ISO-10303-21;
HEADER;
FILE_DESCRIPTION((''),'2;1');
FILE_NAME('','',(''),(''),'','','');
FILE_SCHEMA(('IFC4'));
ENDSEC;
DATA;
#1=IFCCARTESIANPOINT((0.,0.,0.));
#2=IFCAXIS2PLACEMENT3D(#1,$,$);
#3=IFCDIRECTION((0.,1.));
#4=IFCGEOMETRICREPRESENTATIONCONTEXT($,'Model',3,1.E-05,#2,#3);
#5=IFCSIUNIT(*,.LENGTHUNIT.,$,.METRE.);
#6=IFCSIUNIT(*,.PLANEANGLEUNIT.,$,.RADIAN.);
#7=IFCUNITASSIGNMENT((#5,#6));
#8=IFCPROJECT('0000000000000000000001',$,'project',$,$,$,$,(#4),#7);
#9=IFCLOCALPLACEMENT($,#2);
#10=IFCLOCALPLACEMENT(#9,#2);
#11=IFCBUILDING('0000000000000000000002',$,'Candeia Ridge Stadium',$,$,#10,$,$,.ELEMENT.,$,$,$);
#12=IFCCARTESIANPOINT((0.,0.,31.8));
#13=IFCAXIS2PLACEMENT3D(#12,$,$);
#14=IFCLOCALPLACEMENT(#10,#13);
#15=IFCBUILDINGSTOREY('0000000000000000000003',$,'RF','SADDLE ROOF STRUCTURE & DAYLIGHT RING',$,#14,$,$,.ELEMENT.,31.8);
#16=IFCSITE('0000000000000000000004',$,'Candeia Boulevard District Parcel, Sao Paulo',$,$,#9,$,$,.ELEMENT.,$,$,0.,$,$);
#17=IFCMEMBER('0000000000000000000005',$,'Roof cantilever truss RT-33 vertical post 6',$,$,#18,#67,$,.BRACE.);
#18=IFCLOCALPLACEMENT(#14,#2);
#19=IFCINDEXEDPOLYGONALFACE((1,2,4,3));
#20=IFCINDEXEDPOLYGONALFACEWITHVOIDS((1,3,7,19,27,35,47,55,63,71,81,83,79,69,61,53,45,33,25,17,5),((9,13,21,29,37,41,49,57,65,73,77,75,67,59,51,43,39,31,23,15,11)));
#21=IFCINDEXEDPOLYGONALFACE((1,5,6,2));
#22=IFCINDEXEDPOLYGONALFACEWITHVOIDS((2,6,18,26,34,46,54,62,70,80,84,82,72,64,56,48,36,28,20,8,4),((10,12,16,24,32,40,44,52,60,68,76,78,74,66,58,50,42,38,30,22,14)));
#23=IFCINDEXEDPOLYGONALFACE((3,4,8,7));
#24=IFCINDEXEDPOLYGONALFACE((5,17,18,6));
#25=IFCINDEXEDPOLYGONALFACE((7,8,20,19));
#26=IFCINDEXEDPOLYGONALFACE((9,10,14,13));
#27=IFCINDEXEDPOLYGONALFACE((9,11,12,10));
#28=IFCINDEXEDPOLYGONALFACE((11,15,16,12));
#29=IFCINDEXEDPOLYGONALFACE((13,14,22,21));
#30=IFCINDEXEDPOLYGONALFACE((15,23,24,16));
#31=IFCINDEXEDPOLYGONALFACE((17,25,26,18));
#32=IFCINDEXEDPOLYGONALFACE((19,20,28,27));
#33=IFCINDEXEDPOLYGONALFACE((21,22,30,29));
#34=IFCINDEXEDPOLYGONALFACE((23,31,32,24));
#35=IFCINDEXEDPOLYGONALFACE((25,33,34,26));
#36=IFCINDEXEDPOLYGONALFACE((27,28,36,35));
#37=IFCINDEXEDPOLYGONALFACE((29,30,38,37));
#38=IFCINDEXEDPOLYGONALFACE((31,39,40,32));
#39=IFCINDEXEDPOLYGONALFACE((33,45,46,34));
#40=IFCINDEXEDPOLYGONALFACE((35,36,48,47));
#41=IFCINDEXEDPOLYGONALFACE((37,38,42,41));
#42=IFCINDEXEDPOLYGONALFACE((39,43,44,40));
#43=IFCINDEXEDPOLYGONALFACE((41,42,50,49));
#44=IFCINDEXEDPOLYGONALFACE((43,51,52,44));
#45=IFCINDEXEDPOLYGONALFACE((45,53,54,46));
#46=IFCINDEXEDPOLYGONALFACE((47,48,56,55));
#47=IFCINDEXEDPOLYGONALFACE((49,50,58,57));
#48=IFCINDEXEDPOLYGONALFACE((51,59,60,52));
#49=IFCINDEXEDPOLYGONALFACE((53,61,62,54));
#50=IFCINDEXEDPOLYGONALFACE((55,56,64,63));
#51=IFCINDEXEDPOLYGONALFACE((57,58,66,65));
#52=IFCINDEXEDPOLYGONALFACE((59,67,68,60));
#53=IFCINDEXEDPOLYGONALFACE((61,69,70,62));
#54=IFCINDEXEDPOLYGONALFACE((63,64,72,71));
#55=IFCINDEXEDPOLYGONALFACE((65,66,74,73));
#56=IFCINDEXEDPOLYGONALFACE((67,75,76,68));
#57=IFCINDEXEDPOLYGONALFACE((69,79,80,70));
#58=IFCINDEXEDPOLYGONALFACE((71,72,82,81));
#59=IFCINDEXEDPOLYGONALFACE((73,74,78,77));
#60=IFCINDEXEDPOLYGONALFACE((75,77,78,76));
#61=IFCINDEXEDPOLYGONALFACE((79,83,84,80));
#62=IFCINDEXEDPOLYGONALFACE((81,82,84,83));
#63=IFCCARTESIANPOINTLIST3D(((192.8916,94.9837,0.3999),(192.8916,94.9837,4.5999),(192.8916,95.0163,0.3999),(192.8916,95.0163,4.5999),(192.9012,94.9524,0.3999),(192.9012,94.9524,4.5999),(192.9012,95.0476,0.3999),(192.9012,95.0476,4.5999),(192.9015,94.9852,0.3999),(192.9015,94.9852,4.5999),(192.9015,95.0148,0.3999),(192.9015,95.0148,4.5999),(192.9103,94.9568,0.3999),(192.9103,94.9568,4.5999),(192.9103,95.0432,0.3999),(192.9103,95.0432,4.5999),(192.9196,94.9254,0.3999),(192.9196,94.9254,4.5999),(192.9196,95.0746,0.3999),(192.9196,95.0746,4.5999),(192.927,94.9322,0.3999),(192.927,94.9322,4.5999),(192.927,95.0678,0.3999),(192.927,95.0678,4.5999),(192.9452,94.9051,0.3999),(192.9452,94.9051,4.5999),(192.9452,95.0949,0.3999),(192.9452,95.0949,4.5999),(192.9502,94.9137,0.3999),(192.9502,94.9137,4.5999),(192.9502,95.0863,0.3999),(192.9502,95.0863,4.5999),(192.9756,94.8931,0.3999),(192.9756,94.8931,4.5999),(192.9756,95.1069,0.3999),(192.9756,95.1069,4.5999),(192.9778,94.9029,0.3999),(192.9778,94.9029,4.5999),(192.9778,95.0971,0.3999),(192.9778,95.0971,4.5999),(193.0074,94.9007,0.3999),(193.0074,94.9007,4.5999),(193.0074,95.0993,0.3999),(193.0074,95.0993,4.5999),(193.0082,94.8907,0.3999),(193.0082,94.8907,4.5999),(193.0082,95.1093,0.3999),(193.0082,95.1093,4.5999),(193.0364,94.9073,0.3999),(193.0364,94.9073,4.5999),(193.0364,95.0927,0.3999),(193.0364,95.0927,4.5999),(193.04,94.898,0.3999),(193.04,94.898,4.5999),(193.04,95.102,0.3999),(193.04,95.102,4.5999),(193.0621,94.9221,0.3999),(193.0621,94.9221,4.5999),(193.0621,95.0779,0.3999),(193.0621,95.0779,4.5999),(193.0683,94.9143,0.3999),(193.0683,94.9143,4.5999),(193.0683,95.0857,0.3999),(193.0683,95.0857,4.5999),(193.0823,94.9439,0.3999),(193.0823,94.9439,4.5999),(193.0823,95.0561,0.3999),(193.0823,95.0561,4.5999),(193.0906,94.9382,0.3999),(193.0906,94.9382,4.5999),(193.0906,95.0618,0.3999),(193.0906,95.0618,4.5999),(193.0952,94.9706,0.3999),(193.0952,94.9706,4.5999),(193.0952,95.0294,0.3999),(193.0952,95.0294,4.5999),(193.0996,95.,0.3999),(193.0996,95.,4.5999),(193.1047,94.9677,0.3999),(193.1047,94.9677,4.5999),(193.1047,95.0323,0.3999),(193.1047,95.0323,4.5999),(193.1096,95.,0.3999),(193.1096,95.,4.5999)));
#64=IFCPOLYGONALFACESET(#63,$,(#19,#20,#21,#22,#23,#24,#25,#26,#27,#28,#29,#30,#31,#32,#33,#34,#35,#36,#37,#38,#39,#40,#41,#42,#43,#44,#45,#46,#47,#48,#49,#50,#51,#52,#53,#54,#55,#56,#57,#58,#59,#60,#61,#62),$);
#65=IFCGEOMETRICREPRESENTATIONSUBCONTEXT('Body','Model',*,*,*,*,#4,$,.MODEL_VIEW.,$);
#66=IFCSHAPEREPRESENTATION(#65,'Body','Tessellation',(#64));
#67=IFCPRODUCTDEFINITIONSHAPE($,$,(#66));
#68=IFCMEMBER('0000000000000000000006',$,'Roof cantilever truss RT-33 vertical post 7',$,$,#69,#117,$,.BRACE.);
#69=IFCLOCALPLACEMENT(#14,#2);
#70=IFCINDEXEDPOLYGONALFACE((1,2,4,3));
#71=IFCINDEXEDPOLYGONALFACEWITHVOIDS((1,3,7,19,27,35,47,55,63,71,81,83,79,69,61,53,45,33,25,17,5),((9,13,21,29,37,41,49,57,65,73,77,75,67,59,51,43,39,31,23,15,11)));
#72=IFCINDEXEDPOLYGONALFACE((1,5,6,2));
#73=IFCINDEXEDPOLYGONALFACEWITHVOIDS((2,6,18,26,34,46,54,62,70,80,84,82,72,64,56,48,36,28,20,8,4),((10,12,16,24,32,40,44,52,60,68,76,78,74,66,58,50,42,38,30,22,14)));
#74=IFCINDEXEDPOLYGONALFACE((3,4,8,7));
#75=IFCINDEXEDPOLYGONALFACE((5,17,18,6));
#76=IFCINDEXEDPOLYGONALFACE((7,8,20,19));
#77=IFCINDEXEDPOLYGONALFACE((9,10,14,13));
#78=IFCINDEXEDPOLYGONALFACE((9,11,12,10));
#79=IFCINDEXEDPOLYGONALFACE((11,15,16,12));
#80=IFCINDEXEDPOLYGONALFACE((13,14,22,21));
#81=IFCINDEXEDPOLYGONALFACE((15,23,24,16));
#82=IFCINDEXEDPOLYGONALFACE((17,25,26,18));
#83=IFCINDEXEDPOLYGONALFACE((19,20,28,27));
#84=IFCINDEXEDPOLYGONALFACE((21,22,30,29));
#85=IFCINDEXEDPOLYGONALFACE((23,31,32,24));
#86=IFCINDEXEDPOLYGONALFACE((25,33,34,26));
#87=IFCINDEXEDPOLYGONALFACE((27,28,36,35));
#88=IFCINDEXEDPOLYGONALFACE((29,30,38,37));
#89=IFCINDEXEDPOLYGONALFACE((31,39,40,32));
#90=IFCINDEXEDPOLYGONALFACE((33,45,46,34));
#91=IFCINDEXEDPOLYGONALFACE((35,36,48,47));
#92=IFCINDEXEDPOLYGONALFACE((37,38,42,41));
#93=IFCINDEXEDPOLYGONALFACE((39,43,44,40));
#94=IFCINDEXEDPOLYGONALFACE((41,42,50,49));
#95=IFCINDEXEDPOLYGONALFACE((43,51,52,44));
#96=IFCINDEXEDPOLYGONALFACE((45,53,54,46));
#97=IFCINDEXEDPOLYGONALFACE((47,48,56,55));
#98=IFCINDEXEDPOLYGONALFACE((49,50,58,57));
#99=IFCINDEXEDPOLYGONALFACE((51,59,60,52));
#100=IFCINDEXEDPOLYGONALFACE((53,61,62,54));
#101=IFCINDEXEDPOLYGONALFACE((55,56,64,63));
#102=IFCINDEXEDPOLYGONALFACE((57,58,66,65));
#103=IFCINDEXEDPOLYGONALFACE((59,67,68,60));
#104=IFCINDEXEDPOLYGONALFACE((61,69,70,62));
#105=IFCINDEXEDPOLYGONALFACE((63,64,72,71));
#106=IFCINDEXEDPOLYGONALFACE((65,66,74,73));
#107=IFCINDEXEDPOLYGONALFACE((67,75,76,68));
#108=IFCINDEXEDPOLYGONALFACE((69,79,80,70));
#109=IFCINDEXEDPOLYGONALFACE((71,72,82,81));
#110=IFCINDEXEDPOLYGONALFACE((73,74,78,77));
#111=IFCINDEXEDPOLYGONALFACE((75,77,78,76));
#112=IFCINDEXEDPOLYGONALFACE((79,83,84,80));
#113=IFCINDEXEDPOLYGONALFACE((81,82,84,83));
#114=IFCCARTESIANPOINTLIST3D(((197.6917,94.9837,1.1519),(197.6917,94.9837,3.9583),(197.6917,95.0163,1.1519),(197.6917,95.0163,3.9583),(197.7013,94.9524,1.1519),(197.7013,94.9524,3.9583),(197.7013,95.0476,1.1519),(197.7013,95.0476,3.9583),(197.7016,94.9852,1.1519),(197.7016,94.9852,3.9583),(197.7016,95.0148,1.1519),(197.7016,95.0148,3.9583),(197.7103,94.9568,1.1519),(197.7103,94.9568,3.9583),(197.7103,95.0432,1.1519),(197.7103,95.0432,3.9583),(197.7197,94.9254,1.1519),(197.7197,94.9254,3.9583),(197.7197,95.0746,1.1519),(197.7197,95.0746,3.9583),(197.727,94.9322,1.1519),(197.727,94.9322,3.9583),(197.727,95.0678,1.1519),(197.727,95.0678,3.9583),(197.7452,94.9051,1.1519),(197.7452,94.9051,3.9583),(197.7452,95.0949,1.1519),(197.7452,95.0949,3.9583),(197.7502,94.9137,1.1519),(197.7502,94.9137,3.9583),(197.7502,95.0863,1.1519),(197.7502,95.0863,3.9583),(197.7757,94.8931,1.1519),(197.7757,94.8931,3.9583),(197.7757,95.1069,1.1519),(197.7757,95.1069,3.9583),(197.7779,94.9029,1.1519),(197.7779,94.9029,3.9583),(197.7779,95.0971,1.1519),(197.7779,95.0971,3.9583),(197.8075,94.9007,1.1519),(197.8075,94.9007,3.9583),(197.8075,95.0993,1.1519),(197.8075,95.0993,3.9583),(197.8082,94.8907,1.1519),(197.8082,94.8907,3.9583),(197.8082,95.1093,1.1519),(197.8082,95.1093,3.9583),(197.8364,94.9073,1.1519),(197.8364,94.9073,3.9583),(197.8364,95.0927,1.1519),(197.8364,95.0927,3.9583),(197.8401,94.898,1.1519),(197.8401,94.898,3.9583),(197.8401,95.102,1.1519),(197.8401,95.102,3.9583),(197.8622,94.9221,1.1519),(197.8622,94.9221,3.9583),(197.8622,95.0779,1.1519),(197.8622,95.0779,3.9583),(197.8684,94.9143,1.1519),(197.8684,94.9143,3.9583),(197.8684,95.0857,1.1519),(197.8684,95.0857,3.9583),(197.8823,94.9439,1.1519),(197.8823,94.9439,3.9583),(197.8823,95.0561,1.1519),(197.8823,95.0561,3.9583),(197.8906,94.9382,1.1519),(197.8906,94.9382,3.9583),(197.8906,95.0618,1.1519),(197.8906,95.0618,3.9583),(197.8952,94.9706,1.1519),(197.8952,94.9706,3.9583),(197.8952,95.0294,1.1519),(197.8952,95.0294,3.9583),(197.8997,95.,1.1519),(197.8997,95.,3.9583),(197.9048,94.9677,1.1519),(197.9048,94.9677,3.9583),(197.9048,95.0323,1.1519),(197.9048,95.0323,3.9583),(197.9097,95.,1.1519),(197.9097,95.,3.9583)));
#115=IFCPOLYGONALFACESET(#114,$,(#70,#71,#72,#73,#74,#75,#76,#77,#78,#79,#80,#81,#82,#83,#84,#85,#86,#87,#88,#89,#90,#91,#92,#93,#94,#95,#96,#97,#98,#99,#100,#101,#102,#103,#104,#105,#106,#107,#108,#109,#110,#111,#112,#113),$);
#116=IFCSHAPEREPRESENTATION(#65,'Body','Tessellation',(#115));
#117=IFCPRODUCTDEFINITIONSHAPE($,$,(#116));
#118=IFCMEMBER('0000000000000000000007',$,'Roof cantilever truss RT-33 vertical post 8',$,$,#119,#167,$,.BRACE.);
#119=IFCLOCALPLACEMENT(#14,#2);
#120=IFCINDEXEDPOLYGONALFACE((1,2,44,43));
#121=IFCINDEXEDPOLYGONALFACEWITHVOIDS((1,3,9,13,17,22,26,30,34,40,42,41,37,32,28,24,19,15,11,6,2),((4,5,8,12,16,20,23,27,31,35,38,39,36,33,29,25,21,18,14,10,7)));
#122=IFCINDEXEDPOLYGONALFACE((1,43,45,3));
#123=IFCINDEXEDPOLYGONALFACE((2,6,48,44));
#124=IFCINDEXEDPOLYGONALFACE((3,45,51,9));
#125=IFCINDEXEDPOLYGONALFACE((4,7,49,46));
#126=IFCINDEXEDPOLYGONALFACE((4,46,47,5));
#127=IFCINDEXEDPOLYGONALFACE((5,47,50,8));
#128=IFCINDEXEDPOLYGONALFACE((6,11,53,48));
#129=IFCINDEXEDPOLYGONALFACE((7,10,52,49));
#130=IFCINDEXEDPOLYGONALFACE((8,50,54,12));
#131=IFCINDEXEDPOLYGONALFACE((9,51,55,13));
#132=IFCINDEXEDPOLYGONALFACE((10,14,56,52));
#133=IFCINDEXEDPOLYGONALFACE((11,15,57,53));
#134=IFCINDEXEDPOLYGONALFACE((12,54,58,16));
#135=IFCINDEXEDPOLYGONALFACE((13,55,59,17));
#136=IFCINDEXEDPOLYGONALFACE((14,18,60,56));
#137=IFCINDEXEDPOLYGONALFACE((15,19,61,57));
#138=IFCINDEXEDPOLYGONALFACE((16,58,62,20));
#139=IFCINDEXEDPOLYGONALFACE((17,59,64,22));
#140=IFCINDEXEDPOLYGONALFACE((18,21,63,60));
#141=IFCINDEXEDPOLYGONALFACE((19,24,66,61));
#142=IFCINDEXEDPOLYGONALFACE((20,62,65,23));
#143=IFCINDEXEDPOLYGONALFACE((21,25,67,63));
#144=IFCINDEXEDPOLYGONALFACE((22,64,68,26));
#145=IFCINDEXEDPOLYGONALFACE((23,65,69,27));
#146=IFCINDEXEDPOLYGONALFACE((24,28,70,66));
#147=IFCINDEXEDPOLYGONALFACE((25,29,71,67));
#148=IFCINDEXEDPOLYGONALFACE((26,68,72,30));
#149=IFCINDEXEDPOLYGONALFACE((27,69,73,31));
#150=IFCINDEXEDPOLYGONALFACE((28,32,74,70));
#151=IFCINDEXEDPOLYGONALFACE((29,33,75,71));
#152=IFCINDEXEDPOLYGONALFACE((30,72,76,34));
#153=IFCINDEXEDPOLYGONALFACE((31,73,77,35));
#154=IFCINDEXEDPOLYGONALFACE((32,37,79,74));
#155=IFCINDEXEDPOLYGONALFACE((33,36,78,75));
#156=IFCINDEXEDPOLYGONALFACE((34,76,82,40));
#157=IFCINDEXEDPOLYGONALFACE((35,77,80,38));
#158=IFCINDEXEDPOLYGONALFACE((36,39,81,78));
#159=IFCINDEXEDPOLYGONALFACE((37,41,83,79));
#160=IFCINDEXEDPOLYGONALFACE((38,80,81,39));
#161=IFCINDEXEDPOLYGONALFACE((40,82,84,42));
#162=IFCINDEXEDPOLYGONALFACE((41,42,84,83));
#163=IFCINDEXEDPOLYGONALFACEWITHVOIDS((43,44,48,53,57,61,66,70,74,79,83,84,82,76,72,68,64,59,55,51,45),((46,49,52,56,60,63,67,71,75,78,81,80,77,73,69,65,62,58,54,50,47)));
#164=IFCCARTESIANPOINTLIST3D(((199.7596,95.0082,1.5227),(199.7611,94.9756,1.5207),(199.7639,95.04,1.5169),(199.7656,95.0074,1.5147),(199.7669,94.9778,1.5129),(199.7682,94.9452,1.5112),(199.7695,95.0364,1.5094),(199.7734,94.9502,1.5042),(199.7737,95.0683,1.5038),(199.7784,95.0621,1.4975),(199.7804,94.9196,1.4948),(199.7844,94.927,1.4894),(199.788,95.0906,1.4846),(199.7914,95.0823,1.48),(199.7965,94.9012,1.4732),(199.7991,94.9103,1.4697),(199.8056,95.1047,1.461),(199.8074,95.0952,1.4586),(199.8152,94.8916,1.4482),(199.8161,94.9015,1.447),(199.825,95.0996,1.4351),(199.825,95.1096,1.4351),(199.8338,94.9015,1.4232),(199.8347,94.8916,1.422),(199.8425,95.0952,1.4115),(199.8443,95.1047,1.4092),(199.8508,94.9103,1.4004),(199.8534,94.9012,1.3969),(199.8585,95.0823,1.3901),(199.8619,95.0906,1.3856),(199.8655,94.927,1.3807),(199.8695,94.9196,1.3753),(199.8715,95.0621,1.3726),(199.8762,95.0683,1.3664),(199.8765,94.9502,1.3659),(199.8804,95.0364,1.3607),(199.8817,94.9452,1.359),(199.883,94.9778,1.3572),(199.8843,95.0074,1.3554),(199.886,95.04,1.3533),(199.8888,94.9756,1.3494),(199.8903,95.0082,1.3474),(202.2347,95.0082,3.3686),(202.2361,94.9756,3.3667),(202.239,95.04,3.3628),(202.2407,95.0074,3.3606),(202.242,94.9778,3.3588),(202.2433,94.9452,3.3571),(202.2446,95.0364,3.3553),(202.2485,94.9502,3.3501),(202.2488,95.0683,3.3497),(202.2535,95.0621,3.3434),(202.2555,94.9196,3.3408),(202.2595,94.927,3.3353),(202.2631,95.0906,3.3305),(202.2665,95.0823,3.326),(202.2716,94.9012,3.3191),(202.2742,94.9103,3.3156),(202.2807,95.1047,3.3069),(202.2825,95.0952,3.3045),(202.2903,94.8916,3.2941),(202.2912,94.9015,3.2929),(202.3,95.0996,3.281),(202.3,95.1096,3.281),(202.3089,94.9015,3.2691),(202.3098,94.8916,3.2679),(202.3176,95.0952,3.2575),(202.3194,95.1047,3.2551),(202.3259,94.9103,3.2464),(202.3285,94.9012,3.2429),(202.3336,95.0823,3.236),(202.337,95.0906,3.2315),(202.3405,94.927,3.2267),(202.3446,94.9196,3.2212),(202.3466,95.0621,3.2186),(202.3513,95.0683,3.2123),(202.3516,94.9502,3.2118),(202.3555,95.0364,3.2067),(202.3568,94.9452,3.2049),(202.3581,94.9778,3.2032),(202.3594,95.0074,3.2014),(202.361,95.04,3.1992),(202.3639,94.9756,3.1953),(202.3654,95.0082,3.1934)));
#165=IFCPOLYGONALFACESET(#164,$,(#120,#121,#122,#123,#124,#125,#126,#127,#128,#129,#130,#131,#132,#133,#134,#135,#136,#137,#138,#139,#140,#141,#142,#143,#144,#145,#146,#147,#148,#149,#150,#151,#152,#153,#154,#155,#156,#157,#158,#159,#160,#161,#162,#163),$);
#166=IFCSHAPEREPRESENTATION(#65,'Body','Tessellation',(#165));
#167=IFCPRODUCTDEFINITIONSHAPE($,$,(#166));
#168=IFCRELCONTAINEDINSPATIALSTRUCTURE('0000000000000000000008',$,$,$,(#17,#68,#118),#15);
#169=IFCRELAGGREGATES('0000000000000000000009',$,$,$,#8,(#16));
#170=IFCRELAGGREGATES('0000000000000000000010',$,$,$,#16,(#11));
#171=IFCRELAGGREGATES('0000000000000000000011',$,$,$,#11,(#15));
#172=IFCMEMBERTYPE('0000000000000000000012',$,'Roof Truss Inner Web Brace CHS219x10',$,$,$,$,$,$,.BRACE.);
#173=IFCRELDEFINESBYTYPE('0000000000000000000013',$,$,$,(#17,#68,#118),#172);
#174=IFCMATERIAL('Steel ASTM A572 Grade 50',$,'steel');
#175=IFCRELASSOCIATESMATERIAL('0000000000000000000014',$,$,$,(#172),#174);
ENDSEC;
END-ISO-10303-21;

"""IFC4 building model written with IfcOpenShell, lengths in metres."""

from ifc_helpers import new_model, si_unit, direction, frame, origin, origin_2d, place, context, subcontext, project, spatial, hollow_circle, extrude, material, material_profile, profile_set, type_object, element, save


model = new_model("IFC4")

# Units and contexts
model_context = context("Model", 3, precision=1e-05, world=origin(), true_north=direction((0.0, 1.0)))
body_context = subcontext(model_context, "Body", "Model", "MODEL_VIEW")
ifc_project = project(units=[si_unit("LENGTHUNIT", "METRE"), si_unit("PLANEANGLEUNIT", "RADIAN")], contexts=[model_context])

# Site, building, storey
site_placement = place(None, origin())
site = spatial("IfcSite", under=ifc_project, at=site_placement, Name="Candeia Boulevard District Parcel, Sao Paulo", CompositionType="ELEMENT", RefElevation=0.0)
building_placement = place(site_placement, origin())
building = spatial("IfcBuilding", under=site, at=building_placement, Name="Candeia Ridge Stadium", CompositionType="ELEMENT")
storey_placement = place(building_placement, frame((0.0, 0.0, 31.8)))
storey = spatial("IfcBuildingStorey", under=building, at=storey_placement, Name="RF", Description="SADDLE ROOF STRUCTURE & DAYLIGHT RING", CompositionType="ELEMENT", Elevation=31.8)

# Shared definitions
ifc_material_1 = material(Name="Steel ASTM A572 Grade 50", Category="steel")

# Members
ifc_material_profile_1 = material_profile(ifc_material_1, hollow_circle(Radius=0.1096, WallThickness=0.01, at=origin_2d()), Name="CHS219x10", Category="steel")
ifc_profile_set_1 = profile_set([ifc_material_profile_1], Name="Steel ASTM A572 Grade 50")
member_type_1 = type_object("IfcMemberType", Name="Roof Truss Inner Web Brace CHS219x10", PredefinedType="BRACE", material=ifc_profile_set_1)
member_1_placement = place(storey_placement, frame((193.0, 95.0, 0.3999), z_axis=(0.0, 0.0, 1.0), x_axis=(1.0, 0.0, 0.0)))
element("IfcMember", 1, at=member_1_placement, inside=storey, type_object=member_type_1, Name="Roof cantilever truss RT-33 vertical post 6", PredefinedType="BRACE", context=body_context, shape_type="SweptSolid", body=[
    extrude(hollow_circle(Radius=0.1096, WallThickness=0.01, at=origin_2d()), origin(), (0.0, 0.0, 1.0), 4.2),
])
member_2_placement = place(storey_placement, frame((197.8, 95.0, 1.1519), z_axis=(0.0, 0.0, 1.0), x_axis=(1.0, 0.0, 0.0)))
element("IfcMember", 2, at=member_2_placement, inside=storey, type_object=member_type_1, Name="Roof cantilever truss RT-33 vertical post 7", PredefinedType="BRACE", context=body_context, shape_type="SweptSolid", body=[
    extrude(hollow_circle(Radius=0.1096, WallThickness=0.01, at=origin_2d()), origin(), (0.0, 0.0, 1.0), 2.8064),
])
member_3_placement = place(storey_placement, frame((199.825, 95.0, 1.4351), z_axis=(0.80161, 0.0, 0.597847), x_axis=(0.0, 1.0, 0.0)))
element("IfcMember", 3, at=member_3_placement, inside=storey, type_object=member_type_1, Name="Roof cantilever truss RT-33 vertical post 8", PredefinedType="BRACE", context=body_context, shape_type="SweptSolid", body=[
    extrude(hollow_circle(Radius=0.1096, WallThickness=0.01, at=origin_2d()), origin(), (0.0, 0.0, 1.0), 3.0876),
])

save(model, "model.ifc")
